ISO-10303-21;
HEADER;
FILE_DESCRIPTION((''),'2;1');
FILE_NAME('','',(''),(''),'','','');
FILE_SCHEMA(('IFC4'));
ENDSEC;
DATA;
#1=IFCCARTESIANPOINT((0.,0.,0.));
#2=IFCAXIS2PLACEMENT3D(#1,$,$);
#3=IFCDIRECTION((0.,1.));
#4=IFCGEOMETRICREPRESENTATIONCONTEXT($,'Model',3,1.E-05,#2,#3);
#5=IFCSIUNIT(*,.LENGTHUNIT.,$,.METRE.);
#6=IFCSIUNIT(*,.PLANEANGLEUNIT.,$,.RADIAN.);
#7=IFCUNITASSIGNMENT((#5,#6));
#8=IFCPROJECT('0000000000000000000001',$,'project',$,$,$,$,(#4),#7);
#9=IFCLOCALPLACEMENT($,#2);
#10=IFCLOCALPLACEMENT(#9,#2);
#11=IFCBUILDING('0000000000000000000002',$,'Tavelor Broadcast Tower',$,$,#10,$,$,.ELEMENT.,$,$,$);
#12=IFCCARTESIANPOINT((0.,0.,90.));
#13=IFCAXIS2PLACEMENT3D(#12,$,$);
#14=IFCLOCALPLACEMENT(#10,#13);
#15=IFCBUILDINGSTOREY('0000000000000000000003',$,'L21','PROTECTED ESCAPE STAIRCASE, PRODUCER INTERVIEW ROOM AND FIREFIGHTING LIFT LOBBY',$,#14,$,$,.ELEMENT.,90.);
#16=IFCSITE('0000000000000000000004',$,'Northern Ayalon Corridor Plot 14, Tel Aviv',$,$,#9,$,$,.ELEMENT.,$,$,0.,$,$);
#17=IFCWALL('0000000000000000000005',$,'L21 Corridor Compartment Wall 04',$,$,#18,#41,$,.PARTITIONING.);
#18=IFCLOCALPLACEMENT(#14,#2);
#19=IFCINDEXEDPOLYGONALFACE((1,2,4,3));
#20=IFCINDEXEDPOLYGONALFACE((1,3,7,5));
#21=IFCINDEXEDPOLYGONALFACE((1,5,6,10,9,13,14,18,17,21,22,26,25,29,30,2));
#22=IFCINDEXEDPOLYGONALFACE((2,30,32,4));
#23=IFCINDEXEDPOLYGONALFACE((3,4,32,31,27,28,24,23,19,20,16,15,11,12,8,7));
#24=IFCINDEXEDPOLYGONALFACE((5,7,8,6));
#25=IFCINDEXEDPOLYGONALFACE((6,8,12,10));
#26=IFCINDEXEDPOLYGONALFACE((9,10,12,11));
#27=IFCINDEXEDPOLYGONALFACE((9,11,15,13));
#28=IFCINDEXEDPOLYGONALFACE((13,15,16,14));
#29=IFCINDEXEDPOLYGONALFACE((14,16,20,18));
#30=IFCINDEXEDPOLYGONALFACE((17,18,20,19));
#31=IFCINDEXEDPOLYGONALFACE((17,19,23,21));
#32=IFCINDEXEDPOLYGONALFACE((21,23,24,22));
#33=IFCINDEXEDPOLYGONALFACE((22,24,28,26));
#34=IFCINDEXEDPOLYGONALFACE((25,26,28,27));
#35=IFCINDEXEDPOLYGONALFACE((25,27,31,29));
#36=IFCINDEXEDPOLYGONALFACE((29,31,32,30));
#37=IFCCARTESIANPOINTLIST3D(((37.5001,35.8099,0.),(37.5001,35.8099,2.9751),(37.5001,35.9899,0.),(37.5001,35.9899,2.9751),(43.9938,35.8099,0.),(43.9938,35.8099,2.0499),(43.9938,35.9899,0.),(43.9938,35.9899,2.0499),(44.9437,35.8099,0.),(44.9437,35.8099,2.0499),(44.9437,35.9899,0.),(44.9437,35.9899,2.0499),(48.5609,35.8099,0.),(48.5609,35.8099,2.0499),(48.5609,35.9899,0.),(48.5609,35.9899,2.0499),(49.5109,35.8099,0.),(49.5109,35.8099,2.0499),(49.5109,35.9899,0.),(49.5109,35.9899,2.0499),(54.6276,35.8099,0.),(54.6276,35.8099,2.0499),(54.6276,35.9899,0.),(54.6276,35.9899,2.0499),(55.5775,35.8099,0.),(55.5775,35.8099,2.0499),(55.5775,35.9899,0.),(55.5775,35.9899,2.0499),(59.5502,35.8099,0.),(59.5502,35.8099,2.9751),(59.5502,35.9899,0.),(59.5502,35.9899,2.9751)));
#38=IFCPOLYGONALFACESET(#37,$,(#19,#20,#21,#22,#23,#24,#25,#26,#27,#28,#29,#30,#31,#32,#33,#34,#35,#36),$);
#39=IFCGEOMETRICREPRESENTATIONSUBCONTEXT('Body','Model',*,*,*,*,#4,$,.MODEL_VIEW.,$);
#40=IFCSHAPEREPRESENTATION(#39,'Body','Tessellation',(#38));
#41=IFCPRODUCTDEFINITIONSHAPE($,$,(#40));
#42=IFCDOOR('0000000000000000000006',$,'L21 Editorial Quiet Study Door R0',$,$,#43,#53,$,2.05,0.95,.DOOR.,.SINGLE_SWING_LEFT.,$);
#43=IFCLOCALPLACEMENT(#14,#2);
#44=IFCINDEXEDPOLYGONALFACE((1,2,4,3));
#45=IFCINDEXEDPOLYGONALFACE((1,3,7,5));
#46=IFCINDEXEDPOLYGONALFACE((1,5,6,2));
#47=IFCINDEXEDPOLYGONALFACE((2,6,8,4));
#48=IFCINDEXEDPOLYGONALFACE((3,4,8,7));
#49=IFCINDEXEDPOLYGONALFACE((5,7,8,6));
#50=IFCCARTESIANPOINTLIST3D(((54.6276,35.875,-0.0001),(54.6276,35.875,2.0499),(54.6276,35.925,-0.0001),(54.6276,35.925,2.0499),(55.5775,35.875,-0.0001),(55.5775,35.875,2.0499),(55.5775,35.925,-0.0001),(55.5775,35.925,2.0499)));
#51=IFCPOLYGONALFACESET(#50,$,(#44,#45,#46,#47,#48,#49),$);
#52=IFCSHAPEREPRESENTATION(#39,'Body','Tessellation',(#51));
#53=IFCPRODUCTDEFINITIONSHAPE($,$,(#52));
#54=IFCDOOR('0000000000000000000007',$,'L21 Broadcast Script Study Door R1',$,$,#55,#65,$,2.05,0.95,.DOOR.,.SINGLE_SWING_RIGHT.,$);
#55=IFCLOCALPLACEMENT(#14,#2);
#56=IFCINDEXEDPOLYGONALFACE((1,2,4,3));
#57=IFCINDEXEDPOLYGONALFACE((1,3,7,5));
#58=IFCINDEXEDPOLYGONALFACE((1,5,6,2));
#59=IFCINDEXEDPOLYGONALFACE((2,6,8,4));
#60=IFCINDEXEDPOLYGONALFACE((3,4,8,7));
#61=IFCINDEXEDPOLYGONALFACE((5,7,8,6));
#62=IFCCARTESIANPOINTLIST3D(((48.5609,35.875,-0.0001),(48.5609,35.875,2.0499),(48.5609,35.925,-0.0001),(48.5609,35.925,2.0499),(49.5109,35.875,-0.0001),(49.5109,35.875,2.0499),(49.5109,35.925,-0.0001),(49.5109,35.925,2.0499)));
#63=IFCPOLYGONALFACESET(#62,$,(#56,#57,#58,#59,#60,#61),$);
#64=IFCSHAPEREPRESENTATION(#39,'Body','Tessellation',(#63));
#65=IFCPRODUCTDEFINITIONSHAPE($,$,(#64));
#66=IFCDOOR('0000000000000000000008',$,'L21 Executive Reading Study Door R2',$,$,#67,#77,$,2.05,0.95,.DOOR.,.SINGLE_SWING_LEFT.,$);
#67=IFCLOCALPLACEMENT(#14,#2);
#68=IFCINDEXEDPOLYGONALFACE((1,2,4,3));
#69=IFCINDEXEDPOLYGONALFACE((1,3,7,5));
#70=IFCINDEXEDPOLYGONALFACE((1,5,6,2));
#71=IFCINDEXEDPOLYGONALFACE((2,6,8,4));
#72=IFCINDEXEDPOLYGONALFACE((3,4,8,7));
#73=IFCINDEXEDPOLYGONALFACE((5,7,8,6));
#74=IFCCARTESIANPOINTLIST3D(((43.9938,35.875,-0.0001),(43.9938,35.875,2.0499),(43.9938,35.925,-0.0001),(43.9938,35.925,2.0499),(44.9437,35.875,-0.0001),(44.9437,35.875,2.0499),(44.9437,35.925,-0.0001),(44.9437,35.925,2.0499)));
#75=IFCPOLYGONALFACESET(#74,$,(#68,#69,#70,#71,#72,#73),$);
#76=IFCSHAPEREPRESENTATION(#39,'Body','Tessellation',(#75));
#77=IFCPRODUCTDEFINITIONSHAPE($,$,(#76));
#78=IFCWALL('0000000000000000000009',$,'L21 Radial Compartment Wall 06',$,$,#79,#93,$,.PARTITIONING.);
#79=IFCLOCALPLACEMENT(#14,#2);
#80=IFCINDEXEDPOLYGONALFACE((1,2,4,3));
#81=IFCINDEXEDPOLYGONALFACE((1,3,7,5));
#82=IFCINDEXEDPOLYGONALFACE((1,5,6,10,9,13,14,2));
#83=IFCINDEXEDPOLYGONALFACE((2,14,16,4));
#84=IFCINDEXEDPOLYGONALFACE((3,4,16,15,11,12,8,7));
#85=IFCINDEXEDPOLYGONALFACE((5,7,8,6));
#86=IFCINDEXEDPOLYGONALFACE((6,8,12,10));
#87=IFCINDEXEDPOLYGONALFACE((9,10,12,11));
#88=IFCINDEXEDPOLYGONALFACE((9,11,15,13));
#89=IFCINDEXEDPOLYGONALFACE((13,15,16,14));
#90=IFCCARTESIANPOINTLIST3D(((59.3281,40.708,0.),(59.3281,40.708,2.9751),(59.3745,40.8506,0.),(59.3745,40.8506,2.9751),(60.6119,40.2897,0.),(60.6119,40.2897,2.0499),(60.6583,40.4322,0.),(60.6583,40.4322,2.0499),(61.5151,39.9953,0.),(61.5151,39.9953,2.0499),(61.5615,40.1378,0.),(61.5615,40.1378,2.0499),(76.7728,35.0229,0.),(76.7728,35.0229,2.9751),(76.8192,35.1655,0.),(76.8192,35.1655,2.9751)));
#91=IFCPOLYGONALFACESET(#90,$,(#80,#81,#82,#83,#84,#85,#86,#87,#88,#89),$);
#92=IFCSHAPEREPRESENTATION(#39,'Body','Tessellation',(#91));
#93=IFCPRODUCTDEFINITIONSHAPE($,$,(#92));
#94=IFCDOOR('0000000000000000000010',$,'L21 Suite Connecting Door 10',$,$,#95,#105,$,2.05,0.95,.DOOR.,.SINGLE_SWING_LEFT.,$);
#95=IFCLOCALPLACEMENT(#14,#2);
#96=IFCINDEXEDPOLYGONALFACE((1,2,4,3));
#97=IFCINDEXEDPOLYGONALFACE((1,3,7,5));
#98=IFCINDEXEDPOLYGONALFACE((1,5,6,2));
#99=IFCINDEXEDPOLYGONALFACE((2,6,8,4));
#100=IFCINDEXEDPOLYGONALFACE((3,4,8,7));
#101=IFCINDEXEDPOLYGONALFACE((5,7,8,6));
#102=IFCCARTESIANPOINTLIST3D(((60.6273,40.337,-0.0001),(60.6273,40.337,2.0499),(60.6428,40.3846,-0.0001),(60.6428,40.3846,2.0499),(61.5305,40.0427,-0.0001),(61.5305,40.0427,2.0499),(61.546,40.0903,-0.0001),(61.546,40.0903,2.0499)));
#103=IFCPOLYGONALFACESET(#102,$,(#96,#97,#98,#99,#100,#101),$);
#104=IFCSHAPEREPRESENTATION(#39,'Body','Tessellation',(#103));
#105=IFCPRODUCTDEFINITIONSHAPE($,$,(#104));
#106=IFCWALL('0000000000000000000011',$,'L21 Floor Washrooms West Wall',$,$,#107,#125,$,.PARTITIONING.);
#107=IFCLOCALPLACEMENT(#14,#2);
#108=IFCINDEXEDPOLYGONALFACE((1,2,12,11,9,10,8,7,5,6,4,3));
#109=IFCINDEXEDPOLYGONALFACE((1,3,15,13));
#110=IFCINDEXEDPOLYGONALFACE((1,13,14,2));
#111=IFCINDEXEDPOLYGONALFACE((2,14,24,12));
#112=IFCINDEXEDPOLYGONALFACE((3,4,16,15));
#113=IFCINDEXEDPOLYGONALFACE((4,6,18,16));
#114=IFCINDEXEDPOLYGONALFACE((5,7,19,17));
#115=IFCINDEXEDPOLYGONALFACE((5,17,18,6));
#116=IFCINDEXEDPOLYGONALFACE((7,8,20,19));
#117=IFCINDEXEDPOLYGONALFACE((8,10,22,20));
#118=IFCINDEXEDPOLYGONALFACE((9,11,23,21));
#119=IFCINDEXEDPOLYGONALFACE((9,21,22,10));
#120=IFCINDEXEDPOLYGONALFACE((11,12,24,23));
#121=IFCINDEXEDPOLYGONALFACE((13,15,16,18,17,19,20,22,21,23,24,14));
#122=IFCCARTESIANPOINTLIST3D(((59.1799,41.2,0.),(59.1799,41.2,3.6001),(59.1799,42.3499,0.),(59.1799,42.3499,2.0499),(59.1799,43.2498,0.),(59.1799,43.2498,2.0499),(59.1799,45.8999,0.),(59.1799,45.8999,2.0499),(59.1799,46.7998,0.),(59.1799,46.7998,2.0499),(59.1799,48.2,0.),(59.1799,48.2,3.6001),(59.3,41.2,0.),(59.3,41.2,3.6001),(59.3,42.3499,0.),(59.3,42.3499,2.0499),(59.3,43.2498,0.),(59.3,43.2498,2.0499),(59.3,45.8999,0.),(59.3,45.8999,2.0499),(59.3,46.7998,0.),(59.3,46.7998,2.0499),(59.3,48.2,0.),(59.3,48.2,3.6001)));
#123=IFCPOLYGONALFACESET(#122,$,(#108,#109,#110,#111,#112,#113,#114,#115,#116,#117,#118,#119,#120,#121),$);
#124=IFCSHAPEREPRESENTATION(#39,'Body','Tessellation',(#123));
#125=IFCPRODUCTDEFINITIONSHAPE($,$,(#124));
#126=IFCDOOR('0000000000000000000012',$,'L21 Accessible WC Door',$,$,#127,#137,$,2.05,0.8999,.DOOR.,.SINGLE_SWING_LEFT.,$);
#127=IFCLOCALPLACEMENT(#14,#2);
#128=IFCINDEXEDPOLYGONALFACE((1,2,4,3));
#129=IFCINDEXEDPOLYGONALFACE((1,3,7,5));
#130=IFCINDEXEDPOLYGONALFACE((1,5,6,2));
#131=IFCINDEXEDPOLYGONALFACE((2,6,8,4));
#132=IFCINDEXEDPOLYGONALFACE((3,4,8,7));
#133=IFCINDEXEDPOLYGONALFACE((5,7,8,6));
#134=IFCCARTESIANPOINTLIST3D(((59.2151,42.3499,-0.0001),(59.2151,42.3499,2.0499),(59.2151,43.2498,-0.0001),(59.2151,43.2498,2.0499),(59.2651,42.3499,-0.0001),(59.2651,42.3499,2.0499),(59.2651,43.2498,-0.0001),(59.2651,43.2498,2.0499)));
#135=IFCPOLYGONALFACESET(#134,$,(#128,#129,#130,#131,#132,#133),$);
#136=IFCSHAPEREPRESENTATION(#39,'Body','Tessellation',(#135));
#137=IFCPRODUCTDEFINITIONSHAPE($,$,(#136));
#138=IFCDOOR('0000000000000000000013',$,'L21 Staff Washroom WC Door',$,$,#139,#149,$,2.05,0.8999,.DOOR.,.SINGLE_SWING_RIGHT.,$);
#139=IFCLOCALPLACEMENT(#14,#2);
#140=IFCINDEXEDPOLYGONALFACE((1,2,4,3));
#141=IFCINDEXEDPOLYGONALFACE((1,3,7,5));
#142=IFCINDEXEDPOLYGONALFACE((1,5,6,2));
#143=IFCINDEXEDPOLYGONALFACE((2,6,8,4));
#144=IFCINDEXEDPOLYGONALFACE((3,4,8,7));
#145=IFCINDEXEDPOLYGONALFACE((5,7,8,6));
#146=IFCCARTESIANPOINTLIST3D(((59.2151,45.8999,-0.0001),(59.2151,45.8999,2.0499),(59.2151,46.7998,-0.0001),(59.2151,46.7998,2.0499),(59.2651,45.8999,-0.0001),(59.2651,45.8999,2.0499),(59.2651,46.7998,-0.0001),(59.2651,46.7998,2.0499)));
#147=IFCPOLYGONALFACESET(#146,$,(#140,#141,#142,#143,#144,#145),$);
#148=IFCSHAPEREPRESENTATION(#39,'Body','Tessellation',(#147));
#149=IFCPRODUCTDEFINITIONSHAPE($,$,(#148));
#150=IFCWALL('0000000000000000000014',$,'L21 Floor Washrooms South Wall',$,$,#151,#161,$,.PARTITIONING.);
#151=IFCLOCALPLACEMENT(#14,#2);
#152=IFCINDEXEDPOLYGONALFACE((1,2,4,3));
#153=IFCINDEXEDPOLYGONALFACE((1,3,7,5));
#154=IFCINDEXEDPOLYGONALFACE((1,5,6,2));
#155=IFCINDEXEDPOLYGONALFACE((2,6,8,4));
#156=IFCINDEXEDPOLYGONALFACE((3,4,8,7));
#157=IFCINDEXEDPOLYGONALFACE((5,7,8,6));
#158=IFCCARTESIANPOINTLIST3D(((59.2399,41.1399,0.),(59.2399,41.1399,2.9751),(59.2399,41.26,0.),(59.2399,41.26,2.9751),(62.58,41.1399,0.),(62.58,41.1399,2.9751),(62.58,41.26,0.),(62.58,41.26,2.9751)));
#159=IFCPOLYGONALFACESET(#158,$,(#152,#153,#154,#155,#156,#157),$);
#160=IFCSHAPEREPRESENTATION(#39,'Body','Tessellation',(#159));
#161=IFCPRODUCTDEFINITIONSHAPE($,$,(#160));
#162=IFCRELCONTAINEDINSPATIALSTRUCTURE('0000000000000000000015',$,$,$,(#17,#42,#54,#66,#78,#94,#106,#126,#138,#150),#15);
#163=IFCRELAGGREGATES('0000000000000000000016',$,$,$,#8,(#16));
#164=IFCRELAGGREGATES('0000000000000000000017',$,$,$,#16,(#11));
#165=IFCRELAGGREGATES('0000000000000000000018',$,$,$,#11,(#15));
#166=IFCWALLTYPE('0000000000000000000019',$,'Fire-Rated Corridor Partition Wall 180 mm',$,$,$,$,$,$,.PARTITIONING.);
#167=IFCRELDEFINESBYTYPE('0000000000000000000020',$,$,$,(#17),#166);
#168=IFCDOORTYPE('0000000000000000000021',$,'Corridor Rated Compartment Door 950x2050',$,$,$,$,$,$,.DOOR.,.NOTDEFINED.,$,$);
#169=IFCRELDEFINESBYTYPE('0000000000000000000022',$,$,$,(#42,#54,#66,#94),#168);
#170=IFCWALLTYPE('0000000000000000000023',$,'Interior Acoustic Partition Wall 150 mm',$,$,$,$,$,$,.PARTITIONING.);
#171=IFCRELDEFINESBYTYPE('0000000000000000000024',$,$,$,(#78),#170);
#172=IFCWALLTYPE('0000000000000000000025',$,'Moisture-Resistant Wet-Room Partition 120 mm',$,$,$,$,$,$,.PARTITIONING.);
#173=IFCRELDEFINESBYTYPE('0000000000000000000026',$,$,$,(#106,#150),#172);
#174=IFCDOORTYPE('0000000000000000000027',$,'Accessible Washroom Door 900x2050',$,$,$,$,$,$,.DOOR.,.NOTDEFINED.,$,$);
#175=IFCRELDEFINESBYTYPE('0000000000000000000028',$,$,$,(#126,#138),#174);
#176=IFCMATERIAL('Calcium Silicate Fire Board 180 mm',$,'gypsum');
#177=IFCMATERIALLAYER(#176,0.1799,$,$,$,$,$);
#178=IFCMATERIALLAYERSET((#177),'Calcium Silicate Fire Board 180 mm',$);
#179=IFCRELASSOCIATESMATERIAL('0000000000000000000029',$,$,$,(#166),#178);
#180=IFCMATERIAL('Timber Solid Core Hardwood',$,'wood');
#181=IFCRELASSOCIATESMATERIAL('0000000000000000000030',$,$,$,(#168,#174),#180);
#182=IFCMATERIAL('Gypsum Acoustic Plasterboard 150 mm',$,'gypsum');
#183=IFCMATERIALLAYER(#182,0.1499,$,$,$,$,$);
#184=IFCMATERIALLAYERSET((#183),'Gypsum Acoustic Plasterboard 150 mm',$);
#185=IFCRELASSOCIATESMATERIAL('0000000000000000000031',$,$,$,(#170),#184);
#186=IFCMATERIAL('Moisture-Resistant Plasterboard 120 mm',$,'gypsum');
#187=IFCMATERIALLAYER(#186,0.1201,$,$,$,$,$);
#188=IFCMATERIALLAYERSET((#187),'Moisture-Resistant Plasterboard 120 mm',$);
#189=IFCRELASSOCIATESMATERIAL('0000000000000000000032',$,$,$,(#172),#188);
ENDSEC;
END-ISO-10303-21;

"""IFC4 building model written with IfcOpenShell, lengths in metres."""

from ifc_helpers import new_model, si_unit, direction, frame, frame_2d, origin, place, context, subcontext, project, spatial, rectangle, extrude, material, layer, layer_set, type_object, element, fill, save


model = new_model("IFC4")

# Units and contexts
model_context = context("Model", 3, precision=1e-05, world=origin(), true_north=direction((0.0, 1.0)))
body_context = subcontext(model_context, "Body", "Model", "MODEL_VIEW")
ifc_project = project(units=[si_unit("LENGTHUNIT", "METRE"), si_unit("PLANEANGLEUNIT", "RADIAN")], contexts=[model_context])

# Site, building, storey
site_placement = place(None, origin())
site = spatial("IfcSite", under=ifc_project, at=site_placement, Name="Northern Ayalon Corridor Plot 14, Tel Aviv", CompositionType="ELEMENT", RefElevation=0.0)
building_placement = place(site_placement, origin())
building = spatial("IfcBuilding", under=site, at=building_placement, Name="Tavelor Broadcast Tower", CompositionType="ELEMENT")
storey_placement = place(building_placement, frame((0.0, 0.0, 90.0)))
storey = spatial("IfcBuildingStorey", under=building, at=storey_placement, Name="L21", Description="PROTECTED ESCAPE STAIRCASE, PRODUCER INTERVIEW ROOM AND FIREFIGHTING LIFT LOBBY", CompositionType="ELEMENT", Elevation=90.0)

# Shared definitions
ifc_material_1 = material(Name="Calcium Silicate Fire Board 180 mm", Category="gypsum")
ifc_layer_1 = layer(ifc_material_1, 0.1799)
ifc_layer_set_1 = layer_set([ifc_layer_1], Name="Calcium Silicate Fire Board 180 mm")
wall_type_1 = type_object("IfcWallType", Name="Fire-Rated Corridor Partition Wall 180 mm", PredefinedType="PARTITIONING", material=ifc_layer_set_1)

# Wall, openings, doors
wall_1_placement = place(storey_placement, frame((59.55, 35.8999, 0.0), z_axis=(0.0, 0.0, 1.0), x_axis=(-1.0, 0.0, 0.0)))
wall_1 = element("IfcWall", 1, at=wall_1_placement, inside=storey, type_object=wall_type_1, Name="L21 Corridor Compartment Wall 04", PredefinedType="PARTITIONING", context=body_context, shape_type="SweptSolid", body=[
    extrude(rectangle(XDim=22.05, YDim=0.1799, at=frame_2d((11.0249, 0.0))), origin(), (0.0, 0.0, 1.0), 2.9751),
])
opening_1_placement = place(wall_1_placement, frame((3.9724, 0.0, 0.0)))
opening_1 = element("IfcOpeningElement", 2, at=opening_1_placement, cuts=wall_1, PredefinedType="OPENING", context=body_context, shape_type="SweptSolid", body=[
    extrude(rectangle(XDim=0.95, YDim=2.05, at=frame_2d((0.4751, 1.0249))), frame((0.0, 0.1001, 0.0), z_axis=(0.0, -1.0, 0.0), x_axis=(1.0, 0.0, 0.0)), (0.0, 0.0, 1.0), 0.2),
])
opening_2_placement = place(wall_1_placement, frame((10.0391, 0.0, 0.0)))
opening_2 = element("IfcOpeningElement", 3, at=opening_2_placement, cuts=wall_1, PredefinedType="OPENING", context=body_context, shape_type="SweptSolid", body=[
    extrude(rectangle(XDim=0.95, YDim=2.05, at=frame_2d((0.4751, 1.0249))), frame((0.0, 0.1001, 0.0), z_axis=(0.0, -1.0, 0.0), x_axis=(1.0, 0.0, 0.0)), (0.0, 0.0, 1.0), 0.2),
])
opening_3_placement = place(wall_1_placement, frame((14.6062, 0.0, 0.0)))
opening_3 = element("IfcOpeningElement", 4, at=opening_3_placement, cuts=wall_1, PredefinedType="OPENING", context=body_context, shape_type="SweptSolid", body=[
    extrude(rectangle(XDim=0.95, YDim=2.05, at=frame_2d((0.4751, 1.0249))), frame((0.0, 0.1001, 0.0), z_axis=(0.0, -1.0, 0.0), x_axis=(1.0, 0.0, 0.0)), (0.0, 0.0, 1.0), 0.2),
])
ifc_material_2 = material(Name="Timber Solid Core Hardwood", Category="wood")
door_type_1 = type_object("IfcDoorType", Name="Corridor Rated Compartment Door 950x2050", OperationType="NOTDEFINED", PredefinedType="DOOR", material=ifc_material_2)
door_1_placement = place(opening_1_placement, origin())
door_1 = element("IfcDoor", 5, at=door_1_placement, inside=storey, type_object=door_type_1, Name="L21 Editorial Quiet Study Door R0", OperationType="SINGLE_SWING_LEFT", OverallHeight=2.05, OverallWidth=0.95, PredefinedType="DOOR", context=body_context, shape_type="SweptSolid", body=[
    extrude(rectangle(XDim=0.95, YDim=2.05, at=frame_2d((0.4751, 1.0249))), frame((0.0, 0.0249, 0.0), z_axis=(0.0, -1.0, 0.0), x_axis=(1.0, 0.0, 0.0)), (0.0, 0.0, 1.0), 0.05),
])
fill(opening_1, door_1)
door_2_placement = place(opening_2_placement, origin())
door_2 = element("IfcDoor", 6, at=door_2_placement, inside=storey, type_object=door_type_1, Name="L21 Broadcast Script Study Door R1", OperationType="SINGLE_SWING_RIGHT", OverallHeight=2.05, OverallWidth=0.95, PredefinedType="DOOR", context=body_context, shape_type="SweptSolid", body=[
    extrude(rectangle(XDim=0.95, YDim=2.05, at=frame_2d((0.4751, 1.0249))), frame((0.0, 0.0249, 0.0), z_axis=(0.0, -1.0, 0.0), x_axis=(1.0, 0.0, 0.0)), (0.0, 0.0, 1.0), 0.05),
])
fill(opening_2, door_2)
door_3_placement = place(opening_3_placement, origin())
door_3 = element("IfcDoor", 7, at=door_3_placement, inside=storey, type_object=door_type_1, Name="L21 Executive Reading Study Door R2", OperationType="SINGLE_SWING_LEFT", OverallHeight=2.05, OverallWidth=0.95, PredefinedType="DOOR", context=body_context, shape_type="SweptSolid", body=[
    extrude(rectangle(XDim=0.95, YDim=2.05, at=frame_2d((0.4751, 1.0249))), frame((0.0, 0.0249, 0.0), z_axis=(0.0, -1.0, 0.0), x_axis=(1.0, 0.0, 0.0)), (0.0, 0.0, 1.0), 0.05),
])
fill(opening_3, door_3)

# Wall, opening, door
ifc_material_3 = material(Name="Gypsum Acoustic Plasterboard 150 mm", Category="gypsum")
ifc_layer_2 = layer(ifc_material_3, 0.1499)
ifc_layer_set_2 = layer_set([ifc_layer_2], Name="Gypsum Acoustic Plasterboard 150 mm")
wall_type_2 = type_object("IfcWallType", Name="Interior Acoustic Partition Wall 150 mm", PredefinedType="PARTITIONING", material=ifc_layer_set_2)
wall_2_placement = place(storey_placement, frame((59.3513, 40.7793, 0.0), z_axis=(0.0, 0.0, 1.0), x_axis=(0.950784, -0.309854, 0.0)))
wall_2 = element("IfcWall", 8, at=wall_2_placement, inside=storey, type_object=wall_type_2, Name="L21 Radial Compartment Wall 06", PredefinedType="PARTITIONING", context=body_context, shape_type="SweptSolid", body=[
    extrude(rectangle(XDim=18.3477, YDim=0.1499, at=frame_2d((9.1738, 0.0))), origin(), (0.0, 0.0, 1.0), 2.9751),
])
opening_4_placement = place(wall_2_placement, frame((1.3501, 0.0, 0.0)))
opening_4 = element("IfcOpeningElement", 9, at=opening_4_placement, cuts=wall_2, PredefinedType="OPENING", context=body_context, shape_type="SweptSolid", body=[
    extrude(rectangle(XDim=0.95, YDim=2.05, at=frame_2d((0.4751, 1.0249))), frame((0.0, 0.085, 0.0), z_axis=(0.0, -1.0, 0.0), x_axis=(1.0, 0.0, 0.0)), (0.0, 0.0, 1.0), 0.1699),
])
door_4_placement = place(opening_4_placement, origin())
door_4 = element("IfcDoor", 10, at=door_4_placement, inside=storey, type_object=door_type_1, Name="L21 Suite Connecting Door 10", OperationType="SINGLE_SWING_LEFT", OverallHeight=2.05, OverallWidth=0.95, PredefinedType="DOOR", context=body_context, shape_type="SweptSolid", body=[
    extrude(rectangle(XDim=0.95, YDim=2.05, at=frame_2d((0.4751, 1.0249))), frame((0.0, 0.0249, 0.0), z_axis=(0.0, -1.0, 0.0), x_axis=(1.0, 0.0, 0.0)), (0.0, 0.0, 1.0), 0.05),
])
fill(opening_4, door_4)

# Wall, openings, doors
ifc_material_4 = material(Name="Moisture-Resistant Plasterboard 120 mm", Category="gypsum")
ifc_layer_3 = layer(ifc_material_4, 0.1201)
ifc_layer_set_3 = layer_set([ifc_layer_3], Name="Moisture-Resistant Plasterboard 120 mm")
wall_type_3 = type_object("IfcWallType", Name="Moisture-Resistant Wet-Room Partition 120 mm", PredefinedType="PARTITIONING", material=ifc_layer_set_3)
wall_3_placement = place(storey_placement, frame((59.24, 41.2, 0.0), z_axis=(0.0, 0.0, 1.0), x_axis=(0.0, 1.0, 0.0)))
wall_3 = element("IfcWall", 11, at=wall_3_placement, inside=storey, type_object=wall_type_3, Name="L21 Floor Washrooms West Wall", PredefinedType="PARTITIONING", context=body_context, shape_type="SweptSolid", body=[
    extrude(rectangle(XDim=7.0, YDim=0.1201, at=frame_2d((3.5, 0.0))), origin(), (0.0, 0.0, 1.0), 3.6001),
])
opening_5_placement = place(wall_3_placement, frame((1.1499, 0.0, 0.0)))
opening_5 = element("IfcOpeningElement", 12, at=opening_5_placement, cuts=wall_3, PredefinedType="OPENING", context=body_context, shape_type="SweptSolid", body=[
    extrude(rectangle(XDim=0.8999, YDim=2.05, at=frame_2d((0.45, 1.0249))), frame((0.0, 0.0701, 0.0), z_axis=(0.0, -1.0, 0.0), x_axis=(1.0, 0.0, 0.0)), (0.0, 0.0, 1.0), 0.1401),
])
opening_6_placement = place(wall_3_placement, frame((4.7, 0.0, 0.0)))
opening_6 = element("IfcOpeningElement", 13, at=opening_6_placement, cuts=wall_3, PredefinedType="OPENING", context=body_context, shape_type="SweptSolid", body=[
    extrude(rectangle(XDim=0.8999, YDim=2.05, at=frame_2d((0.45, 1.0249))), frame((0.0, 0.0701, 0.0), z_axis=(0.0, -1.0, 0.0), x_axis=(1.0, 0.0, 0.0)), (0.0, 0.0, 1.0), 0.1401),
])
door_type_2 = type_object("IfcDoorType", Name="Accessible Washroom Door 900x2050", OperationType="NOTDEFINED", PredefinedType="DOOR", material=ifc_material_2)
door_5_placement = place(opening_5_placement, origin())
door_5 = element("IfcDoor", 14, at=door_5_placement, inside=storey, type_object=door_type_2, Name="L21 Accessible WC Door", OperationType="SINGLE_SWING_LEFT", OverallHeight=2.05, OverallWidth=0.8999, PredefinedType="DOOR", context=body_context, shape_type="SweptSolid", body=[
    extrude(rectangle(XDim=0.8999, YDim=2.05, at=frame_2d((0.45, 1.0249))), frame((0.0, 0.0249, 0.0), z_axis=(0.0, -1.0, 0.0), x_axis=(1.0, 0.0, 0.0)), (0.0, 0.0, 1.0), 0.05),
])
fill(opening_5, door_5)
door_6_placement = place(opening_6_placement, origin())
door_6 = element("IfcDoor", 15, at=door_6_placement, inside=storey, type_object=door_type_2, Name="L21 Staff Washroom WC Door", OperationType="SINGLE_SWING_RIGHT", OverallHeight=2.05, OverallWidth=0.8999, PredefinedType="DOOR", context=body_context, shape_type="SweptSolid", body=[
    extrude(rectangle(XDim=0.8999, YDim=2.05, at=frame_2d((0.45, 1.0249))), frame((0.0, 0.0249, 0.0), z_axis=(0.0, -1.0, 0.0), x_axis=(1.0, 0.0, 0.0)), (0.0, 0.0, 1.0), 0.05),
])
fill(opening_6, door_6)

# Wall
wall_4_placement = place(storey_placement, frame((59.24, 41.2, 0.0), z_axis=(0.0, 0.0, 1.0), x_axis=(1.0, 0.0, 0.0)))
element("IfcWall", 16, at=wall_4_placement, inside=storey, type_object=wall_type_3, Name="L21 Floor Washrooms South Wall", PredefinedType="PARTITIONING", context=body_context, shape_type="SweptSolid", body=[
    extrude(rectangle(XDim=3.3401, YDim=0.1201, at=frame_2d((1.6699, 0.0))), origin(), (0.0, 0.0, 1.0), 2.9751),
])

save(model, "model.ifc")
